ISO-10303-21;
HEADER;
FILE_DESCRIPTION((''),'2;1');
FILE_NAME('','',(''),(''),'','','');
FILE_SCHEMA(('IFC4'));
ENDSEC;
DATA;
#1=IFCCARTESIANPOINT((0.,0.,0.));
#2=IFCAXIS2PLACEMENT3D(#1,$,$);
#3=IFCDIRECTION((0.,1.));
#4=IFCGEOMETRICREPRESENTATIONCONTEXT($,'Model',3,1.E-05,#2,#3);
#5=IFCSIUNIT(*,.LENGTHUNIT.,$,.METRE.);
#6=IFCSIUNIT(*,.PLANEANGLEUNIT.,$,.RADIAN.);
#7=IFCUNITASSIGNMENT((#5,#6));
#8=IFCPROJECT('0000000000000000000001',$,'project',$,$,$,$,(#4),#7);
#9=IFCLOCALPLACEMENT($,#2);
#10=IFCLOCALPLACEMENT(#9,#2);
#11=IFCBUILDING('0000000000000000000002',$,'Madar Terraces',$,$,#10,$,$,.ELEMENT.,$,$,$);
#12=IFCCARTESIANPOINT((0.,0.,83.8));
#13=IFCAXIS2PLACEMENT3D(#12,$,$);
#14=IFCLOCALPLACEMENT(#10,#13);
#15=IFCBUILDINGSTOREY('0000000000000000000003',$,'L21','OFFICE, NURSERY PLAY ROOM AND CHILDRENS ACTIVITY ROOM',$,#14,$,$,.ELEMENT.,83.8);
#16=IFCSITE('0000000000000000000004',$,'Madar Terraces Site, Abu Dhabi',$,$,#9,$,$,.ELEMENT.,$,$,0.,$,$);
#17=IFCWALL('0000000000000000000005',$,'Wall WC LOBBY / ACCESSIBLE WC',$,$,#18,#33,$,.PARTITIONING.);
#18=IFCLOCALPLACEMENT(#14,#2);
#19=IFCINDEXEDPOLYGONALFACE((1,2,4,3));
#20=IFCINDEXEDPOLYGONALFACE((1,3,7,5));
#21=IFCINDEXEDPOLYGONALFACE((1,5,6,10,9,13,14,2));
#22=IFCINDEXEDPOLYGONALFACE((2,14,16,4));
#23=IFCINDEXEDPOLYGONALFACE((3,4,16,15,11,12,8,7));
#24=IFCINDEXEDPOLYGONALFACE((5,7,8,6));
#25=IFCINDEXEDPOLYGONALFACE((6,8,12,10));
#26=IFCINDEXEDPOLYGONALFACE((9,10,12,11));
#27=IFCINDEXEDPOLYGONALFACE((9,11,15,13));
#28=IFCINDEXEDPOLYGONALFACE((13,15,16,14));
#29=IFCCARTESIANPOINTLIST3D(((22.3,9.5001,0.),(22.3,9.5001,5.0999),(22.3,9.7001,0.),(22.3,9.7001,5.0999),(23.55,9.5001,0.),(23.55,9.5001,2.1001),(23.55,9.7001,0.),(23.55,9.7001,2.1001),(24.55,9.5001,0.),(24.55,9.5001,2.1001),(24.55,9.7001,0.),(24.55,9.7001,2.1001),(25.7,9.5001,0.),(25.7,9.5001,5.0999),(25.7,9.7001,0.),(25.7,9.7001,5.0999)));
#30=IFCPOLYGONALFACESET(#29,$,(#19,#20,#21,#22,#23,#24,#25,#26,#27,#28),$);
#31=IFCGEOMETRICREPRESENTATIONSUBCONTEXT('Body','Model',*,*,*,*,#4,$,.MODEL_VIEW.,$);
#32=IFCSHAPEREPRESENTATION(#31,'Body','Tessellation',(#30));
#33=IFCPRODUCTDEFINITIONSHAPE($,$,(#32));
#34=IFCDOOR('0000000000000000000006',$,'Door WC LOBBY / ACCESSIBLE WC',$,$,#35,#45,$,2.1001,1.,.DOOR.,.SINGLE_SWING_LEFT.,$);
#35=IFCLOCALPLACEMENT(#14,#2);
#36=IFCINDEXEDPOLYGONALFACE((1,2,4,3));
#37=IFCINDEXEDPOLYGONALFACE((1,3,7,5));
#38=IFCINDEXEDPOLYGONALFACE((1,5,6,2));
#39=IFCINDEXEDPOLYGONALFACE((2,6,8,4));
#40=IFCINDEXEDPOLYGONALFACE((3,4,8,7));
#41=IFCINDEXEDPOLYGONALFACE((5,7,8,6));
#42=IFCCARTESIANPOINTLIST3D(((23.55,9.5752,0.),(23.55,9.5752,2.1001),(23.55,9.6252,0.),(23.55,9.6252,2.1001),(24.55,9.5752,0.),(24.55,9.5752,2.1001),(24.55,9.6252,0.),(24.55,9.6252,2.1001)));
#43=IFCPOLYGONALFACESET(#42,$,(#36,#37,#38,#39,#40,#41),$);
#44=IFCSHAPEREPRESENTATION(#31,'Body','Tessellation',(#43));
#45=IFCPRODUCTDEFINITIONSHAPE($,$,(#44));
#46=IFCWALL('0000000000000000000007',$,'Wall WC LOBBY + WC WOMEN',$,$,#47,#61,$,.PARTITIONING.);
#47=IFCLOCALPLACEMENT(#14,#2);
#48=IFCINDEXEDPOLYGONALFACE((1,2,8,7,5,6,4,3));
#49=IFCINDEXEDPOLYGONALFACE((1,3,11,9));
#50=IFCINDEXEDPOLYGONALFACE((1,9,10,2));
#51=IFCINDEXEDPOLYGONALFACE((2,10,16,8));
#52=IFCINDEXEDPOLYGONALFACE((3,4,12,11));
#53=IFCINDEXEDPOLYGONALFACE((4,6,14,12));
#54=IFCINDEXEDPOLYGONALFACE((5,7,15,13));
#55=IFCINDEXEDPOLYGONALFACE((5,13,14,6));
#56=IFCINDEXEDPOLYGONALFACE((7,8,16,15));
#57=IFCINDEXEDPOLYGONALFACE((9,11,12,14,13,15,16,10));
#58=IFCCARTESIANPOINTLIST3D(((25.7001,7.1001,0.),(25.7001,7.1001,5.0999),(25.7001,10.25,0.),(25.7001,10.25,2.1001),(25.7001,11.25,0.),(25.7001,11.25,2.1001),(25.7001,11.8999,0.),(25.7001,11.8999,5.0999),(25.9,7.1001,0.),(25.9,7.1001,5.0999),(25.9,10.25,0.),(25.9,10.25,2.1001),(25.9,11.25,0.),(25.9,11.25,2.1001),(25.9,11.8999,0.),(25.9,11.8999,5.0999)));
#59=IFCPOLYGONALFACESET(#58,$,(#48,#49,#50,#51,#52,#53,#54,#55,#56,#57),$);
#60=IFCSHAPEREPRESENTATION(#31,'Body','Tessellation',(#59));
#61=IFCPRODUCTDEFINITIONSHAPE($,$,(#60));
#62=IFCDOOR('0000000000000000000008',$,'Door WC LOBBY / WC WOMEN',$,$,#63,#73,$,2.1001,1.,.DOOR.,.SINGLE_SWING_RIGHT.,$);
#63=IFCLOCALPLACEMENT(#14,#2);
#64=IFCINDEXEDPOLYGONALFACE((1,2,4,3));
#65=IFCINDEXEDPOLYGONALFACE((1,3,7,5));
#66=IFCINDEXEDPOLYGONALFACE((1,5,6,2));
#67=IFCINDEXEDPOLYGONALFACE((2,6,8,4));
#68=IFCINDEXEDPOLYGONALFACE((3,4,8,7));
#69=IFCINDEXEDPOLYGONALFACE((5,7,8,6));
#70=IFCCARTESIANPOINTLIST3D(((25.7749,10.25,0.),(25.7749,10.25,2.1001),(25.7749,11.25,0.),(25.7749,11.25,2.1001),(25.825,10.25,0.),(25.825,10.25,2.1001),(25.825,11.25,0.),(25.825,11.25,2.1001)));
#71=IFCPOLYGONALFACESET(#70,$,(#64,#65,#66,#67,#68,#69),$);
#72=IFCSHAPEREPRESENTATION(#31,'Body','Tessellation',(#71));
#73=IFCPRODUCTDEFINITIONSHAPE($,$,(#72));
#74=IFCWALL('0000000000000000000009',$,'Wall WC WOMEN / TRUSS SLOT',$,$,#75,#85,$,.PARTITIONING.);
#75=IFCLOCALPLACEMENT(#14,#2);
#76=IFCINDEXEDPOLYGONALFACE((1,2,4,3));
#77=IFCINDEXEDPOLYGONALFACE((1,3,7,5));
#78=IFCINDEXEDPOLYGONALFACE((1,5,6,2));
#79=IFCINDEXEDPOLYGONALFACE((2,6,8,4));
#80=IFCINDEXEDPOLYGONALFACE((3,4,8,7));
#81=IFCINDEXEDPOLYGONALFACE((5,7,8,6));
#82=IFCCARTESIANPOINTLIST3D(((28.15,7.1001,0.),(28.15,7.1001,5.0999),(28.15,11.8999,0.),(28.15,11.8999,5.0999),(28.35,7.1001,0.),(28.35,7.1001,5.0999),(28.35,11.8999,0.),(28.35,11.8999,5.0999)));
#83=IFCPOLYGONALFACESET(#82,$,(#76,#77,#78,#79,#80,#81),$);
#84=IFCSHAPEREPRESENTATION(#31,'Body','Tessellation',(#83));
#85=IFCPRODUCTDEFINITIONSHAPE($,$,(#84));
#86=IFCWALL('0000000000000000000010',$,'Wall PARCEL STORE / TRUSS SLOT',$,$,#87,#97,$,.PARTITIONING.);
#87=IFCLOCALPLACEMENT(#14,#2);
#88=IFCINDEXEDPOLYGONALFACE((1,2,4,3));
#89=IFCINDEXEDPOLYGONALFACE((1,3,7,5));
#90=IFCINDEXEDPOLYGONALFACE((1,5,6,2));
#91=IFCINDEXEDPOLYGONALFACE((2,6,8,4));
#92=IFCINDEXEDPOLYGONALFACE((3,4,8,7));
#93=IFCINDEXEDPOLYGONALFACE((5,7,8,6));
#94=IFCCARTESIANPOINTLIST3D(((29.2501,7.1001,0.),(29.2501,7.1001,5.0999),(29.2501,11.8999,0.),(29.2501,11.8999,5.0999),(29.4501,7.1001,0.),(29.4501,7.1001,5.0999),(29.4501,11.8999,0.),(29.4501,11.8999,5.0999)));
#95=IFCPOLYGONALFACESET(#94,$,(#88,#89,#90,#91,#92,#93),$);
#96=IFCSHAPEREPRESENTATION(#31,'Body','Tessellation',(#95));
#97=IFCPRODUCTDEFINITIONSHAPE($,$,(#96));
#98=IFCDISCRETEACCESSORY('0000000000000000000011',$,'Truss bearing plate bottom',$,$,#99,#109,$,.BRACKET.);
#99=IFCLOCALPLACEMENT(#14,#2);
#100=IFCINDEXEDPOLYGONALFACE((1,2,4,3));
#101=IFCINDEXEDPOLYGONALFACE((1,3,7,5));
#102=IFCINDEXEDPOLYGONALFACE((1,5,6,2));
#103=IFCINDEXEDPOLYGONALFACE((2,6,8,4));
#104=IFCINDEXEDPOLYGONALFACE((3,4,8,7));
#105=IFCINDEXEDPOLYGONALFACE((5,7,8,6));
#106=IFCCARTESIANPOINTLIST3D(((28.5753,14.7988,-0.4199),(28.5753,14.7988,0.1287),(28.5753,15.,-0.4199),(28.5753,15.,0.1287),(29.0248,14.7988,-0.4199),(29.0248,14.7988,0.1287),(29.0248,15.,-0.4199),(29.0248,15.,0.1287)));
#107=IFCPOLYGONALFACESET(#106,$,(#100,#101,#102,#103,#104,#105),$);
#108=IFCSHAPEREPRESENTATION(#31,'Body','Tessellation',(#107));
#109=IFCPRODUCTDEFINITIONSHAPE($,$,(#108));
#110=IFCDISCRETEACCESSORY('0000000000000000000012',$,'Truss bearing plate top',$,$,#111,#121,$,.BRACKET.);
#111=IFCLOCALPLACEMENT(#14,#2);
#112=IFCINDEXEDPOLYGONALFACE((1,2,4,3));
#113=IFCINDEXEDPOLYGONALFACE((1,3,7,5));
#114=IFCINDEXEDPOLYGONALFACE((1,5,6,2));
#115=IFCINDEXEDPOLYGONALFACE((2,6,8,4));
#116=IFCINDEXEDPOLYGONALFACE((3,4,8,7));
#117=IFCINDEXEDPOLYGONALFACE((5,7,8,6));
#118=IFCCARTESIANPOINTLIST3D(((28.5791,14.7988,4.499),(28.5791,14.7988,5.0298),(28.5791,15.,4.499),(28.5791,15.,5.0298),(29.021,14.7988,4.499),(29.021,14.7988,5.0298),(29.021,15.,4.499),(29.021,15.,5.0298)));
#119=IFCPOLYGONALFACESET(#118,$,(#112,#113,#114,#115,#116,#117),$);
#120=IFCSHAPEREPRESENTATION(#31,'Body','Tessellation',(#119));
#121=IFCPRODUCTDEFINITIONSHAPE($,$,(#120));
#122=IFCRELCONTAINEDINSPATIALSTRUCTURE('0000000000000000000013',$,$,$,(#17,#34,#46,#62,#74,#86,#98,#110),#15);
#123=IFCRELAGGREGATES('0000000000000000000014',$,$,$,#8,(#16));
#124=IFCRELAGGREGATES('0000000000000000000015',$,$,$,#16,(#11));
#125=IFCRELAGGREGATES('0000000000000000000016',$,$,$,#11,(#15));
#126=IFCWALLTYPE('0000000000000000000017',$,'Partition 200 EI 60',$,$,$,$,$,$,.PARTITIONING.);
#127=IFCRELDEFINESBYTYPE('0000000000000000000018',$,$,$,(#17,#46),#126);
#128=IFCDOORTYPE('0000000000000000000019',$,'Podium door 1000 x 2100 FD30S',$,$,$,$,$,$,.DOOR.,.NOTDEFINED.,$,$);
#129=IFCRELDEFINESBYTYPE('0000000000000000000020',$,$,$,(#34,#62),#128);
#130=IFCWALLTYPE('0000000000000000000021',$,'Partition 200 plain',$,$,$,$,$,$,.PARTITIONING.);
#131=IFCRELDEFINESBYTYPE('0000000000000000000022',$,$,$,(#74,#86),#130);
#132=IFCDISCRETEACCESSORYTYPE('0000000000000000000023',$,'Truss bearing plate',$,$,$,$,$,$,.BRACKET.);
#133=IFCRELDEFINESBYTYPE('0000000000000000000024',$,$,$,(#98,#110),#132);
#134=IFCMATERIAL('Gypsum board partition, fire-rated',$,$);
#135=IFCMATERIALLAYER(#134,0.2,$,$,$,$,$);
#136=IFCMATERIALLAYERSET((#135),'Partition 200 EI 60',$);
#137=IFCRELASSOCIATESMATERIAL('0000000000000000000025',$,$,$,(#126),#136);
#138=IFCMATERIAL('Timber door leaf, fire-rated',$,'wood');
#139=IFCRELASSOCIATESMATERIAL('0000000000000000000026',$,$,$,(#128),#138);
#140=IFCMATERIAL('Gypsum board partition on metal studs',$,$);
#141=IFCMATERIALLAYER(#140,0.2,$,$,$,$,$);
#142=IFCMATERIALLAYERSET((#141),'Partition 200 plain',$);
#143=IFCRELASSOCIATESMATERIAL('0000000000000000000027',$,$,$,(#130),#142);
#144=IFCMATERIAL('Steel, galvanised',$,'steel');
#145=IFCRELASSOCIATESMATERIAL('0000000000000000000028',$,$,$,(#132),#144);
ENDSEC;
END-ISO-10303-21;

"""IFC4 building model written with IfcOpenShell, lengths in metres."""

from ifc_helpers import new_model, si_unit, direction, frame, frame_2d, origin, origin_2d, place, context, subcontext, project, spatial, rectangle, extrude, material, layer, layer_set, type_object, element, fill, save


model = new_model("IFC4")

# Units and contexts
model_context = context("Model", 3, precision=1e-05, world=origin(), true_north=direction((0.0, 1.0)))
body_context = subcontext(model_context, "Body", "Model", "MODEL_VIEW")
ifc_project = project(units=[si_unit("LENGTHUNIT", "METRE"), si_unit("PLANEANGLEUNIT", "RADIAN")], contexts=[model_context])

# Site, building, storey
site_placement = place(None, origin())
site = spatial("IfcSite", under=ifc_project, at=site_placement, Name="Madar Terraces Site, Abu Dhabi", CompositionType="ELEMENT", RefElevation=0.0)
building_placement = place(site_placement, origin())
building = spatial("IfcBuilding", under=site, at=building_placement, Name="Madar Terraces", CompositionType="ELEMENT")
storey_placement = place(building_placement, frame((0.0, 0.0, 83.8)))
storey = spatial("IfcBuildingStorey", under=building, at=storey_placement, Name="L21", Description="OFFICE, NURSERY PLAY ROOM AND CHILDRENS ACTIVITY ROOM", CompositionType="ELEMENT", Elevation=83.8)

# Walls, openings, doors
ifc_material_1 = material(Name="Gypsum board partition, fire-rated")
ifc_layer_1 = layer(ifc_material_1, 0.2)
ifc_layer_set_1 = layer_set([ifc_layer_1], Name="Partition 200 EI 60")
wall_type_1 = type_object("IfcWallType", Name="Partition 200 EI 60", PredefinedType="PARTITIONING", material=ifc_layer_set_1)
wall_1_placement = place(storey_placement, frame((25.7, 9.6001, 0.0), z_axis=(0.0, 0.0, 1.0), x_axis=(-1.0, 0.0, 0.0)))
wall_1 = element("IfcWall", 1, at=wall_1_placement, inside=storey, type_object=wall_type_1, Name="Wall WC LOBBY / ACCESSIBLE WC", PredefinedType="PARTITIONING", context=body_context, shape_type="SweptSolid", body=[
    extrude(rectangle(XDim=3.3999, YDim=0.2, at=frame_2d((1.7, 0.0))), origin(), (0.0, 0.0, 1.0), 5.0999),
])
opening_1_placement = place(wall_1_placement, frame((1.1499, 0.0, 0.0)))
opening_1 = element("IfcOpeningElement", 2, at=opening_1_placement, cuts=wall_1, PredefinedType="OPENING", context=body_context, shape_type="SweptSolid", body=[
    extrude(rectangle(XDim=1.0, YDim=2.1001, at=frame_2d((0.5, 1.05))), frame((0.0, 0.1099, 0.0), z_axis=(0.0, -1.0, 0.0), x_axis=(1.0, 0.0, 0.0)), (0.0, 0.0, 1.0), 0.22),
])
ifc_material_2 = material(Name="Timber door leaf, fire-rated", Category="wood")
door_type_1 = type_object("IfcDoorType", Name="Podium door 1000 x 2100 FD30S", OperationType="NOTDEFINED", PredefinedType="DOOR", material=ifc_material_2)
door_1_placement = place(opening_1_placement, origin())
door_1 = element("IfcDoor", 3, at=door_1_placement, inside=storey, type_object=door_type_1, Name="Door WC LOBBY / ACCESSIBLE WC", OperationType="SINGLE_SWING_LEFT", OverallHeight=2.1001, OverallWidth=1.0, PredefinedType="DOOR", context=body_context, shape_type="SweptSolid", body=[
    extrude(rectangle(XDim=1.0, YDim=2.1001, at=frame_2d((0.5, 1.05))), frame((0.0, 0.0249, 0.0), z_axis=(0.0, -1.0, 0.0), x_axis=(1.0, 0.0, 0.0)), (0.0, 0.0, 1.0), 0.05),
])
fill(opening_1, door_1)
wall_2_placement = place(storey_placement, frame((25.8, 11.8999, 0.0), z_axis=(0.0, 0.0, 1.0), x_axis=(0.0, -1.0, 0.0)))
wall_2 = element("IfcWall", 4, at=wall_2_placement, inside=storey, type_object=wall_type_1, Name="Wall WC LOBBY + WC WOMEN", PredefinedType="PARTITIONING", context=body_context, shape_type="SweptSolid", body=[
    extrude(rectangle(XDim=4.7998, YDim=0.2, at=frame_2d((2.3999, 0.0))), origin(), (0.0, 0.0, 1.0), 5.0999),
])
opening_2_placement = place(wall_2_placement, frame((0.6499, 0.0, 0.0)))
opening_2 = element("IfcOpeningElement", 5, at=opening_2_placement, cuts=wall_2, PredefinedType="OPENING", context=body_context, shape_type="SweptSolid", body=[
    extrude(rectangle(XDim=1.0, YDim=2.1001, at=frame_2d((0.5, 1.05))), frame((0.0, 0.1099, 0.0), z_axis=(0.0, -1.0, 0.0), x_axis=(1.0, 0.0, 0.0)), (0.0, 0.0, 1.0), 0.22),
])
door_2_placement = place(opening_2_placement, origin())
door_2 = element("IfcDoor", 6, at=door_2_placement, inside=storey, type_object=door_type_1, Name="Door WC LOBBY / WC WOMEN", OperationType="SINGLE_SWING_RIGHT", OverallHeight=2.1001, OverallWidth=1.0, PredefinedType="DOOR", context=body_context, shape_type="SweptSolid", body=[
    extrude(rectangle(XDim=1.0, YDim=2.1001, at=frame_2d((0.5, 1.05))), frame((0.0, 0.0249, 0.0), z_axis=(0.0, -1.0, 0.0), x_axis=(1.0, 0.0, 0.0)), (0.0, 0.0, 1.0), 0.05),
])
fill(opening_2, door_2)

# Walls
ifc_material_3 = material(Name="Gypsum board partition on metal studs")
ifc_layer_2 = layer(ifc_material_3, 0.2)
ifc_layer_set_2 = layer_set([ifc_layer_2], Name="Partition 200 plain")
wall_type_2 = type_object("IfcWallType", Name="Partition 200 plain", PredefinedType="PARTITIONING", material=ifc_layer_set_2)
for number, where, z_axis, x_axis, name in (
    (7, (28.25, 7.1001, 0.0), (0.0, 0.0, 1.0), (0.0, 1.0, 0.0), "Wall WC WOMEN / TRUSS SLOT"),
    (8, (29.3501, 7.1001, 0.0), (0.0, 0.0, 1.0), (0.0, 1.0, 0.0), "Wall PARCEL STORE / TRUSS SLOT"),
):
    element("IfcWall", number, at=place(storey_placement, frame(where, z_axis=z_axis, x_axis=x_axis)), inside=storey, type_object=wall_type_2, Name=name, PredefinedType="PARTITIONING", context=body_context, shape_type="SweptSolid", body=[
        extrude(rectangle(XDim=4.7998, YDim=0.2, at=frame_2d((2.3999, 0.0))), origin(), (0.0, 0.0, 1.0), 5.0999),
    ])

# Discrete accessories
ifc_material_4 = material(Name="Steel, galvanised", Category="steel")
discrete_accessory_type = type_object("IfcDiscreteAccessoryType", Name="Truss bearing plate", PredefinedType="BRACKET", material=ifc_material_4)
discrete_accessory_1_placement = place(storey_placement, frame((28.8, 14.8994, -0.4199), z_axis=(0.0, 0.0, 1.0), x_axis=(1.0, 0.0, 0.0)))
element("IfcDiscreteAccessory", 9, at=discrete_accessory_1_placement, inside=storey, type_object=discrete_accessory_type, Name="Truss bearing plate bottom", PredefinedType="BRACKET", context=body_context, shape_type="SweptSolid", body=[
    extrude(rectangle(XDim=0.4495, YDim=0.2012, at=origin_2d()), origin(), (0.0, 0.0, 1.0), 0.5486),
])
discrete_accessory_2_placement = place(storey_placement, frame((28.8, 14.8994, 4.499), z_axis=(0.0, 0.0, 1.0), x_axis=(1.0, 0.0, 0.0)))
element("IfcDiscreteAccessory", 10, at=discrete_accessory_2_placement, inside=storey, type_object=discrete_accessory_type, Name="Truss bearing plate top", PredefinedType="BRACKET", context=body_context, shape_type="SweptSolid", body=[
    extrude(rectangle(XDim=0.4419, YDim=0.2012, at=origin_2d()), origin(), (0.0, 0.0, 1.0), 0.5308),
])

save(model, "model.ifc")
